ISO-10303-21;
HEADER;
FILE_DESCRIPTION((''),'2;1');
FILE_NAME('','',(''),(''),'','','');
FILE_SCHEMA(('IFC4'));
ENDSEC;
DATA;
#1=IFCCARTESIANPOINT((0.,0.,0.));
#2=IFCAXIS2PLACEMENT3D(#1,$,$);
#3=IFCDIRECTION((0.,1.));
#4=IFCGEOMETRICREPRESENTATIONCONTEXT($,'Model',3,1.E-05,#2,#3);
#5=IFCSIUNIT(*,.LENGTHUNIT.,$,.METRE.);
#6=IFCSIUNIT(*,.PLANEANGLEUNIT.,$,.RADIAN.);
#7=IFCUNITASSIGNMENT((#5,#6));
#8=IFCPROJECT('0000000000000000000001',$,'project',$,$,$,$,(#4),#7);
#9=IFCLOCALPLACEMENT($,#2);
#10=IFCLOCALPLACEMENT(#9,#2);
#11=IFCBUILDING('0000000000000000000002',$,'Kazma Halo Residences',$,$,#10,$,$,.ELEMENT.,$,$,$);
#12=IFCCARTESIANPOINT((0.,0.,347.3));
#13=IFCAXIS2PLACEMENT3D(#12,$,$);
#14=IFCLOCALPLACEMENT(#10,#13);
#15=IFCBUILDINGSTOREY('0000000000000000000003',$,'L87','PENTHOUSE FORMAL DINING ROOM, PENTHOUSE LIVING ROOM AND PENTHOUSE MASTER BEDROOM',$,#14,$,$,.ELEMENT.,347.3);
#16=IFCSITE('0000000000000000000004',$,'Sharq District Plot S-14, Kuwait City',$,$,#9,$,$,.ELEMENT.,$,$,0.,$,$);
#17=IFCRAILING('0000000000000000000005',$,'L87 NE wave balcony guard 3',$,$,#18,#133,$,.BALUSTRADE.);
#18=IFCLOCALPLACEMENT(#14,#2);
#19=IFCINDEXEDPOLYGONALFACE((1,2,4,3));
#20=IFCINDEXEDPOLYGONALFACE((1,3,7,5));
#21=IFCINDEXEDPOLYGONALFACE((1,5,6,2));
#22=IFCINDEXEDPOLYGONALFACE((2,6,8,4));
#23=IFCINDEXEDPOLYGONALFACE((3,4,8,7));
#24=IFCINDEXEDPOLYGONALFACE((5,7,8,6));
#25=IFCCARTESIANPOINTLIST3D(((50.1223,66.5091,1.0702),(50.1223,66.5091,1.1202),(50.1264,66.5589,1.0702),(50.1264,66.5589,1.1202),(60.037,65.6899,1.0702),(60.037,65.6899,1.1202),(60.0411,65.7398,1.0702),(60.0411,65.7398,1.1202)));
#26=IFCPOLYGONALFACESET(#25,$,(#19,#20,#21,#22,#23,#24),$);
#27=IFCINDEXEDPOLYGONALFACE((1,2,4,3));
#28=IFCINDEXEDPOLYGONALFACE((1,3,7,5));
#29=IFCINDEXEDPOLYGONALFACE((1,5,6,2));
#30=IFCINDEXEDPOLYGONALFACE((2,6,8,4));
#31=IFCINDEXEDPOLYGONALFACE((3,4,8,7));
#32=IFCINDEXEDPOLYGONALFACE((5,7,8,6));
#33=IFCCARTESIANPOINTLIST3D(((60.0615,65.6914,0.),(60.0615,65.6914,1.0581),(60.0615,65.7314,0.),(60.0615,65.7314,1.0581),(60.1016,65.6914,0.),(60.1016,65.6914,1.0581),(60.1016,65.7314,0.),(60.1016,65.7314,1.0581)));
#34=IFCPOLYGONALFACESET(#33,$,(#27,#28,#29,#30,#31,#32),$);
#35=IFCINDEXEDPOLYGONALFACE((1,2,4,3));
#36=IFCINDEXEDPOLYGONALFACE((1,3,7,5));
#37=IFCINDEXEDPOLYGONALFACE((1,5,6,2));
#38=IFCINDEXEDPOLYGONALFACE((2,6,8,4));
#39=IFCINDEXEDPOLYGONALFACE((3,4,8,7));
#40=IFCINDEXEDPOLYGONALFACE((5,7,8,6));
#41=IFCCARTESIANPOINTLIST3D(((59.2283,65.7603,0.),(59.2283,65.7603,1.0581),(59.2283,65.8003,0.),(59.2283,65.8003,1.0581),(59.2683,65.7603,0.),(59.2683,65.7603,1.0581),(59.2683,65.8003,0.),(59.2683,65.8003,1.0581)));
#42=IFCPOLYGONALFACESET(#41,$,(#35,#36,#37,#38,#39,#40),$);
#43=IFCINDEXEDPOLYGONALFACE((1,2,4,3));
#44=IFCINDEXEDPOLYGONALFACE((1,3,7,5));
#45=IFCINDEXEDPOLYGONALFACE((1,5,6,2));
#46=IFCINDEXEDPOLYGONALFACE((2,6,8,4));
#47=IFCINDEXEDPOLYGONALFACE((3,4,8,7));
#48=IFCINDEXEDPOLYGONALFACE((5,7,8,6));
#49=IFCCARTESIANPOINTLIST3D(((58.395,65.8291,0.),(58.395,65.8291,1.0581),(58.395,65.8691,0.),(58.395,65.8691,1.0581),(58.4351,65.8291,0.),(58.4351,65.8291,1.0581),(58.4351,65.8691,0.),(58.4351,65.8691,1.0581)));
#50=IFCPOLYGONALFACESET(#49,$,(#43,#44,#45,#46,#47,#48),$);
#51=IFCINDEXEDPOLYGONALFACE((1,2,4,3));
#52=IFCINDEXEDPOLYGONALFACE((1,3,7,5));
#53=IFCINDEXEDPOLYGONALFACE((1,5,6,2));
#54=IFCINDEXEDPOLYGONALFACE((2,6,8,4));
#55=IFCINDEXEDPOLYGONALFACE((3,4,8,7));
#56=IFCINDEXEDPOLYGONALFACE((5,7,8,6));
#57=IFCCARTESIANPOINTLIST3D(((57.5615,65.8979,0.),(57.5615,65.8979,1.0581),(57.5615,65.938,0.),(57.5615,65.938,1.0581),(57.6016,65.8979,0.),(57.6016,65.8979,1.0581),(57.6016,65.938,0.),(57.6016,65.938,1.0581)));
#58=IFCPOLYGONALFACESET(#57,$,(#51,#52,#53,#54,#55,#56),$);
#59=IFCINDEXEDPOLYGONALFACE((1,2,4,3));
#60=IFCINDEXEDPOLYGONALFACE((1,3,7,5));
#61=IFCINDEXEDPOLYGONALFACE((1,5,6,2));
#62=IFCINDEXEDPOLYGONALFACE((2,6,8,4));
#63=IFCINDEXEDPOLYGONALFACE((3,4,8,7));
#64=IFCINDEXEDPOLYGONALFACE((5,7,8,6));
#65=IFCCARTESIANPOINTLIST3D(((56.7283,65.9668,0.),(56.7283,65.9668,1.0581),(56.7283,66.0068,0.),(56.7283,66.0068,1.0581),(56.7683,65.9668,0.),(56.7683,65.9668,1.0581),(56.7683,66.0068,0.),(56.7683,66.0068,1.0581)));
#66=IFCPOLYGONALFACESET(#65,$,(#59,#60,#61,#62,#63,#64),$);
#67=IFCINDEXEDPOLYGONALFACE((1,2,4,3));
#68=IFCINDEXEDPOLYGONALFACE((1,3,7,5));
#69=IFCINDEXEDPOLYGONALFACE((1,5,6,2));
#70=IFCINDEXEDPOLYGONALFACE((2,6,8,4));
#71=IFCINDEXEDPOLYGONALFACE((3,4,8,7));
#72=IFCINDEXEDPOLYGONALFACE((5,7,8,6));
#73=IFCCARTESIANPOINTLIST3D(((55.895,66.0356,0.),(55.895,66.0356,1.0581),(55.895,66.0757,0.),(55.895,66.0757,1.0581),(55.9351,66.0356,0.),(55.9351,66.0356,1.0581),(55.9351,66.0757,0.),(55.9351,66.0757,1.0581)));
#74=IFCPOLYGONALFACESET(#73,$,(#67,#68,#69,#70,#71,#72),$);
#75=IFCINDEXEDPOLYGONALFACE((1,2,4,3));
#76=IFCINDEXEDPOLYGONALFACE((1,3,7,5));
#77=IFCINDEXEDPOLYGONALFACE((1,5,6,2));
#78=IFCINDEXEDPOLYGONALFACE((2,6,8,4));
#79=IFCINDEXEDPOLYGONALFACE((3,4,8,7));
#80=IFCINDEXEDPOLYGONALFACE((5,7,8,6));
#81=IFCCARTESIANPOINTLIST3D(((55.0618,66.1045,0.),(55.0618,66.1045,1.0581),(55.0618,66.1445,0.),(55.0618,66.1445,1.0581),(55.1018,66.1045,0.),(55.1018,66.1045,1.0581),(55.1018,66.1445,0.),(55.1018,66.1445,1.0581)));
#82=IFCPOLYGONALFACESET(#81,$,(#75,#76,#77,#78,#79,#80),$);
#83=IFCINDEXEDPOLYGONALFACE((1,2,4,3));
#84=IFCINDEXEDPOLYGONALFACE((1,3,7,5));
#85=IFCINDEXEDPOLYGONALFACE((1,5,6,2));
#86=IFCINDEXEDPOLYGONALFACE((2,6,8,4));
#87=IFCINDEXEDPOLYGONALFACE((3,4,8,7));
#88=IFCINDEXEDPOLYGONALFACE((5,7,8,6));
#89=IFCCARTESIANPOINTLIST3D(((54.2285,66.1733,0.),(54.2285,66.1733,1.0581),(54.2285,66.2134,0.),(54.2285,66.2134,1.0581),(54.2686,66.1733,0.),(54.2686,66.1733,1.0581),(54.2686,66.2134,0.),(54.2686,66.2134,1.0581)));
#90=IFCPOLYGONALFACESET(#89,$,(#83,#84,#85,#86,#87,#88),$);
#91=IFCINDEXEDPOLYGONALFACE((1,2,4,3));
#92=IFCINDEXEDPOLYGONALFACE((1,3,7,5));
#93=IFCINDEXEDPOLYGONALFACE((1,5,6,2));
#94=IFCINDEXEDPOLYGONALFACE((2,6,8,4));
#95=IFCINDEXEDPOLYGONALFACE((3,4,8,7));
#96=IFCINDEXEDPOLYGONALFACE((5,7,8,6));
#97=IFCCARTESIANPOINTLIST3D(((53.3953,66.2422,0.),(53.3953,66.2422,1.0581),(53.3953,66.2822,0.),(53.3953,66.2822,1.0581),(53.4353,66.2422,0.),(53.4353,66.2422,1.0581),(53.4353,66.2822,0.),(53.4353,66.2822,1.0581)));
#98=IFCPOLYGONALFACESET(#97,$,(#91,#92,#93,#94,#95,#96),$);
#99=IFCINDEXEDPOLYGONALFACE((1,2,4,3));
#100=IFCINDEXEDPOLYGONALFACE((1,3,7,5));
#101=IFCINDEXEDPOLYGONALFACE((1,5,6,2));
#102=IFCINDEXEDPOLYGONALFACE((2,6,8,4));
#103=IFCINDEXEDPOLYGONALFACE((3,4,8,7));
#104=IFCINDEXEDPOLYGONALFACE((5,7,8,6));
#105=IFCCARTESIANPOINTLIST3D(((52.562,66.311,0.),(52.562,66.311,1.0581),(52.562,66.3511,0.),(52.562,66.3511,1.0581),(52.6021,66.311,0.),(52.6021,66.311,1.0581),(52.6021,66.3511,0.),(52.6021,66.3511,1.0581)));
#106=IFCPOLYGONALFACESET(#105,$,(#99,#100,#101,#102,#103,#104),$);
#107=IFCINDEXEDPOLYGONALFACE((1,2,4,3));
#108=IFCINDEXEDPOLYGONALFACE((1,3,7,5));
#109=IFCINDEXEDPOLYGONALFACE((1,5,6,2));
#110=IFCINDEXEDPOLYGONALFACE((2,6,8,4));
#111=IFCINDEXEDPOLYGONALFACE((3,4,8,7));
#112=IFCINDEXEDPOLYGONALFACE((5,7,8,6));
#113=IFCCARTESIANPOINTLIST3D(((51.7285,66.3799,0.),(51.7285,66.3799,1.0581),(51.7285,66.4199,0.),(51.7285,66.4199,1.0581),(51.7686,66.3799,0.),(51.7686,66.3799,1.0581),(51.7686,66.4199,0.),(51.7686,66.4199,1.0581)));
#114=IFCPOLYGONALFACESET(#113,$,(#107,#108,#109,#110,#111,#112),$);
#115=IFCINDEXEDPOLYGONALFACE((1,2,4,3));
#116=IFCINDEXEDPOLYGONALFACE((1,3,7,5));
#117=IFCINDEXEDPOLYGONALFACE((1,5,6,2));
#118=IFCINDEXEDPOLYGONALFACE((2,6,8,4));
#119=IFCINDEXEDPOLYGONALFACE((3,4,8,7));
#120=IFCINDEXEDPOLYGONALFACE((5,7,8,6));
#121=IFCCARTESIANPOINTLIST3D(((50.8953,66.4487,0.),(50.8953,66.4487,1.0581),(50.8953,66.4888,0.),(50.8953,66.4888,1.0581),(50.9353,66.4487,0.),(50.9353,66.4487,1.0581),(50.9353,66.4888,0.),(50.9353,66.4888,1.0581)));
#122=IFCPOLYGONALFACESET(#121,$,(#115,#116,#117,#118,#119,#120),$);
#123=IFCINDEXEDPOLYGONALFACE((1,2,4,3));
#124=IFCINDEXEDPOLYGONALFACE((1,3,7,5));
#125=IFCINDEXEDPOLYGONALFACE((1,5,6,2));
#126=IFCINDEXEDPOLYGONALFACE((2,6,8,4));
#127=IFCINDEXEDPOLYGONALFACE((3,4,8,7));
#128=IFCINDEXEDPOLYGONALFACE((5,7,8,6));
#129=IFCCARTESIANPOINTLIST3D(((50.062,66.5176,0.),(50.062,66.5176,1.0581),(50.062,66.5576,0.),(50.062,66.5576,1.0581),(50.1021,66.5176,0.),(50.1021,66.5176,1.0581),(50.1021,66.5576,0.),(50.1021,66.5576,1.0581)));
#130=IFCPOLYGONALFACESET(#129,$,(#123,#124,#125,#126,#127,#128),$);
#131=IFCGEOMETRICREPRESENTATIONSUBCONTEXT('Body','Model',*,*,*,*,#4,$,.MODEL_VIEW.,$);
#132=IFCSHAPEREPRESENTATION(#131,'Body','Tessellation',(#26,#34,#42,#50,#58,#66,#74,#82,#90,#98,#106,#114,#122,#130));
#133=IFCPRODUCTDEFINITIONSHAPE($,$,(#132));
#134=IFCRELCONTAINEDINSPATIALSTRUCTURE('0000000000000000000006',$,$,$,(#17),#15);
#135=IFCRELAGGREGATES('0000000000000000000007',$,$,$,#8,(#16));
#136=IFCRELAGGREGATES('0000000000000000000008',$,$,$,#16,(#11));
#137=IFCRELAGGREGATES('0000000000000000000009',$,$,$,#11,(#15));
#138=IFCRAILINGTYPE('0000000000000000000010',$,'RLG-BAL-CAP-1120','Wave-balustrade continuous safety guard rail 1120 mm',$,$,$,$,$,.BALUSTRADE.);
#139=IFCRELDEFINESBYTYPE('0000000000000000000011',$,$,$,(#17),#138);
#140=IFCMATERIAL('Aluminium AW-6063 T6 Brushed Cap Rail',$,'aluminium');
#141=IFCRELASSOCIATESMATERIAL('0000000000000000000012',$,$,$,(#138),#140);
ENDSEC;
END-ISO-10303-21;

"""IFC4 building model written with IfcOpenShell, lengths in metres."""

from ifc_helpers import new_model, si_unit, direction, frame, origin, origin_2d, place, context, subcontext, project, spatial, rectangle, extrude, material, type_object, element, save


model = new_model("IFC4")

# Units and contexts
model_context = context("Model", 3, precision=1e-05, world=origin(), true_north=direction((0.0, 1.0)))
body_context = subcontext(model_context, "Body", "Model", "MODEL_VIEW")
ifc_project = project(units=[si_unit("LENGTHUNIT", "METRE"), si_unit("PLANEANGLEUNIT", "RADIAN")], contexts=[model_context])

# Site, building, storey
site_placement = place(None, origin())
site = spatial("IfcSite", under=ifc_project, at=site_placement, Name="Sharq District Plot S-14, Kuwait City", CompositionType="ELEMENT", RefElevation=0.0)
building_placement = place(site_placement, origin())
building = spatial("IfcBuilding", under=site, at=building_placement, Name="Kazma Halo Residences", CompositionType="ELEMENT")
storey_placement = place(building_placement, frame((0.0, 0.0, 347.3)))
storey = spatial("IfcBuildingStorey", under=building, at=storey_placement, Name="L87", Description="PENTHOUSE FORMAL DINING ROOM, PENTHOUSE LIVING ROOM AND PENTHOUSE MASTER BEDROOM", CompositionType="ELEMENT", Elevation=347.3)

# Railing
ifc_material_1 = material(Name="Aluminium AW-6063 T6 Brushed Cap Rail", Category="aluminium")
railing_type = type_object("IfcRailingType", Name="RLG-BAL-CAP-1120", Description="Wave-balustrade continuous safety guard rail 1120 mm", PredefinedType="BALUSTRADE", material=ifc_material_1)
railing_1_placement = place(storey_placement, frame((60.0815, 65.7114, 0.0)))
element("IfcRailing", 1, at=railing_1_placement, inside=storey, type_object=railing_type, Name="L87 NE wave balcony guard 3", PredefinedType="BALUSTRADE", context=body_context, shape_type="SweptSolid", body=[
    extrude(rectangle(XDim=0.05, YDim=0.05, at=origin_2d()), frame((-0.0425, 0.0034, 1.0952), z_axis=(-0.996604, 0.082341, 0.0), x_axis=(-0.082341, -0.996604, 0.0)), (0.0, 0.0, 1.0), 9.9485),
    extrude(rectangle(XDim=0.04, YDim=0.04, at=origin_2d()), origin(), (0.0, 0.0, 1.0), 1.0581),
    extrude(rectangle(XDim=0.04, YDim=0.04, at=origin_2d()), frame((-0.8333, 0.0688, 0.0)), (0.0, 0.0, 1.0), 1.0581),
    extrude(rectangle(XDim=0.04, YDim=0.04, at=origin_2d()), frame((-1.6665, 0.1377, 0.0)), (0.0, 0.0, 1.0), 1.0581),
    extrude(rectangle(XDim=0.04, YDim=0.04, at=origin_2d()), frame((-2.5, 0.2065, 0.0)), (0.0, 0.0, 1.0), 1.0581),
    extrude(rectangle(XDim=0.04, YDim=0.04, at=origin_2d()), frame((-3.3333, 0.2754, 0.0)), (0.0, 0.0, 1.0), 1.0581),
    extrude(rectangle(XDim=0.04, YDim=0.04, at=origin_2d()), frame((-4.1665, 0.3442, 0.0)), (0.0, 0.0, 1.0), 1.0581),
    extrude(rectangle(XDim=0.04, YDim=0.04, at=origin_2d()), frame((-4.9998, 0.4131, 0.0)), (0.0, 0.0, 1.0), 1.0581),
    extrude(rectangle(XDim=0.04, YDim=0.04, at=origin_2d()), frame((-5.833, 0.4819, 0.0)), (0.0, 0.0, 1.0), 1.0581),
    extrude(rectangle(XDim=0.04, YDim=0.04, at=origin_2d()), frame((-6.6663, 0.5508, 0.0)), (0.0, 0.0, 1.0), 1.0581),
    extrude(rectangle(XDim=0.04, YDim=0.04, at=origin_2d()), frame((-7.4995, 0.6196, 0.0)), (0.0, 0.0, 1.0), 1.0581),
    extrude(rectangle(XDim=0.04, YDim=0.04, at=origin_2d()), frame((-8.333, 0.6885, 0.0)), (0.0, 0.0, 1.0), 1.0581),
    extrude(rectangle(XDim=0.04, YDim=0.04, at=origin_2d()), frame((-9.1663, 0.7573, 0.0)), (0.0, 0.0, 1.0), 1.0581),
    extrude(rectangle(XDim=0.04, YDim=0.04, at=origin_2d()), frame((-9.9995, 0.8262, 0.0)), (0.0, 0.0, 1.0), 1.0581),
])

save(model, "model.ifc")
